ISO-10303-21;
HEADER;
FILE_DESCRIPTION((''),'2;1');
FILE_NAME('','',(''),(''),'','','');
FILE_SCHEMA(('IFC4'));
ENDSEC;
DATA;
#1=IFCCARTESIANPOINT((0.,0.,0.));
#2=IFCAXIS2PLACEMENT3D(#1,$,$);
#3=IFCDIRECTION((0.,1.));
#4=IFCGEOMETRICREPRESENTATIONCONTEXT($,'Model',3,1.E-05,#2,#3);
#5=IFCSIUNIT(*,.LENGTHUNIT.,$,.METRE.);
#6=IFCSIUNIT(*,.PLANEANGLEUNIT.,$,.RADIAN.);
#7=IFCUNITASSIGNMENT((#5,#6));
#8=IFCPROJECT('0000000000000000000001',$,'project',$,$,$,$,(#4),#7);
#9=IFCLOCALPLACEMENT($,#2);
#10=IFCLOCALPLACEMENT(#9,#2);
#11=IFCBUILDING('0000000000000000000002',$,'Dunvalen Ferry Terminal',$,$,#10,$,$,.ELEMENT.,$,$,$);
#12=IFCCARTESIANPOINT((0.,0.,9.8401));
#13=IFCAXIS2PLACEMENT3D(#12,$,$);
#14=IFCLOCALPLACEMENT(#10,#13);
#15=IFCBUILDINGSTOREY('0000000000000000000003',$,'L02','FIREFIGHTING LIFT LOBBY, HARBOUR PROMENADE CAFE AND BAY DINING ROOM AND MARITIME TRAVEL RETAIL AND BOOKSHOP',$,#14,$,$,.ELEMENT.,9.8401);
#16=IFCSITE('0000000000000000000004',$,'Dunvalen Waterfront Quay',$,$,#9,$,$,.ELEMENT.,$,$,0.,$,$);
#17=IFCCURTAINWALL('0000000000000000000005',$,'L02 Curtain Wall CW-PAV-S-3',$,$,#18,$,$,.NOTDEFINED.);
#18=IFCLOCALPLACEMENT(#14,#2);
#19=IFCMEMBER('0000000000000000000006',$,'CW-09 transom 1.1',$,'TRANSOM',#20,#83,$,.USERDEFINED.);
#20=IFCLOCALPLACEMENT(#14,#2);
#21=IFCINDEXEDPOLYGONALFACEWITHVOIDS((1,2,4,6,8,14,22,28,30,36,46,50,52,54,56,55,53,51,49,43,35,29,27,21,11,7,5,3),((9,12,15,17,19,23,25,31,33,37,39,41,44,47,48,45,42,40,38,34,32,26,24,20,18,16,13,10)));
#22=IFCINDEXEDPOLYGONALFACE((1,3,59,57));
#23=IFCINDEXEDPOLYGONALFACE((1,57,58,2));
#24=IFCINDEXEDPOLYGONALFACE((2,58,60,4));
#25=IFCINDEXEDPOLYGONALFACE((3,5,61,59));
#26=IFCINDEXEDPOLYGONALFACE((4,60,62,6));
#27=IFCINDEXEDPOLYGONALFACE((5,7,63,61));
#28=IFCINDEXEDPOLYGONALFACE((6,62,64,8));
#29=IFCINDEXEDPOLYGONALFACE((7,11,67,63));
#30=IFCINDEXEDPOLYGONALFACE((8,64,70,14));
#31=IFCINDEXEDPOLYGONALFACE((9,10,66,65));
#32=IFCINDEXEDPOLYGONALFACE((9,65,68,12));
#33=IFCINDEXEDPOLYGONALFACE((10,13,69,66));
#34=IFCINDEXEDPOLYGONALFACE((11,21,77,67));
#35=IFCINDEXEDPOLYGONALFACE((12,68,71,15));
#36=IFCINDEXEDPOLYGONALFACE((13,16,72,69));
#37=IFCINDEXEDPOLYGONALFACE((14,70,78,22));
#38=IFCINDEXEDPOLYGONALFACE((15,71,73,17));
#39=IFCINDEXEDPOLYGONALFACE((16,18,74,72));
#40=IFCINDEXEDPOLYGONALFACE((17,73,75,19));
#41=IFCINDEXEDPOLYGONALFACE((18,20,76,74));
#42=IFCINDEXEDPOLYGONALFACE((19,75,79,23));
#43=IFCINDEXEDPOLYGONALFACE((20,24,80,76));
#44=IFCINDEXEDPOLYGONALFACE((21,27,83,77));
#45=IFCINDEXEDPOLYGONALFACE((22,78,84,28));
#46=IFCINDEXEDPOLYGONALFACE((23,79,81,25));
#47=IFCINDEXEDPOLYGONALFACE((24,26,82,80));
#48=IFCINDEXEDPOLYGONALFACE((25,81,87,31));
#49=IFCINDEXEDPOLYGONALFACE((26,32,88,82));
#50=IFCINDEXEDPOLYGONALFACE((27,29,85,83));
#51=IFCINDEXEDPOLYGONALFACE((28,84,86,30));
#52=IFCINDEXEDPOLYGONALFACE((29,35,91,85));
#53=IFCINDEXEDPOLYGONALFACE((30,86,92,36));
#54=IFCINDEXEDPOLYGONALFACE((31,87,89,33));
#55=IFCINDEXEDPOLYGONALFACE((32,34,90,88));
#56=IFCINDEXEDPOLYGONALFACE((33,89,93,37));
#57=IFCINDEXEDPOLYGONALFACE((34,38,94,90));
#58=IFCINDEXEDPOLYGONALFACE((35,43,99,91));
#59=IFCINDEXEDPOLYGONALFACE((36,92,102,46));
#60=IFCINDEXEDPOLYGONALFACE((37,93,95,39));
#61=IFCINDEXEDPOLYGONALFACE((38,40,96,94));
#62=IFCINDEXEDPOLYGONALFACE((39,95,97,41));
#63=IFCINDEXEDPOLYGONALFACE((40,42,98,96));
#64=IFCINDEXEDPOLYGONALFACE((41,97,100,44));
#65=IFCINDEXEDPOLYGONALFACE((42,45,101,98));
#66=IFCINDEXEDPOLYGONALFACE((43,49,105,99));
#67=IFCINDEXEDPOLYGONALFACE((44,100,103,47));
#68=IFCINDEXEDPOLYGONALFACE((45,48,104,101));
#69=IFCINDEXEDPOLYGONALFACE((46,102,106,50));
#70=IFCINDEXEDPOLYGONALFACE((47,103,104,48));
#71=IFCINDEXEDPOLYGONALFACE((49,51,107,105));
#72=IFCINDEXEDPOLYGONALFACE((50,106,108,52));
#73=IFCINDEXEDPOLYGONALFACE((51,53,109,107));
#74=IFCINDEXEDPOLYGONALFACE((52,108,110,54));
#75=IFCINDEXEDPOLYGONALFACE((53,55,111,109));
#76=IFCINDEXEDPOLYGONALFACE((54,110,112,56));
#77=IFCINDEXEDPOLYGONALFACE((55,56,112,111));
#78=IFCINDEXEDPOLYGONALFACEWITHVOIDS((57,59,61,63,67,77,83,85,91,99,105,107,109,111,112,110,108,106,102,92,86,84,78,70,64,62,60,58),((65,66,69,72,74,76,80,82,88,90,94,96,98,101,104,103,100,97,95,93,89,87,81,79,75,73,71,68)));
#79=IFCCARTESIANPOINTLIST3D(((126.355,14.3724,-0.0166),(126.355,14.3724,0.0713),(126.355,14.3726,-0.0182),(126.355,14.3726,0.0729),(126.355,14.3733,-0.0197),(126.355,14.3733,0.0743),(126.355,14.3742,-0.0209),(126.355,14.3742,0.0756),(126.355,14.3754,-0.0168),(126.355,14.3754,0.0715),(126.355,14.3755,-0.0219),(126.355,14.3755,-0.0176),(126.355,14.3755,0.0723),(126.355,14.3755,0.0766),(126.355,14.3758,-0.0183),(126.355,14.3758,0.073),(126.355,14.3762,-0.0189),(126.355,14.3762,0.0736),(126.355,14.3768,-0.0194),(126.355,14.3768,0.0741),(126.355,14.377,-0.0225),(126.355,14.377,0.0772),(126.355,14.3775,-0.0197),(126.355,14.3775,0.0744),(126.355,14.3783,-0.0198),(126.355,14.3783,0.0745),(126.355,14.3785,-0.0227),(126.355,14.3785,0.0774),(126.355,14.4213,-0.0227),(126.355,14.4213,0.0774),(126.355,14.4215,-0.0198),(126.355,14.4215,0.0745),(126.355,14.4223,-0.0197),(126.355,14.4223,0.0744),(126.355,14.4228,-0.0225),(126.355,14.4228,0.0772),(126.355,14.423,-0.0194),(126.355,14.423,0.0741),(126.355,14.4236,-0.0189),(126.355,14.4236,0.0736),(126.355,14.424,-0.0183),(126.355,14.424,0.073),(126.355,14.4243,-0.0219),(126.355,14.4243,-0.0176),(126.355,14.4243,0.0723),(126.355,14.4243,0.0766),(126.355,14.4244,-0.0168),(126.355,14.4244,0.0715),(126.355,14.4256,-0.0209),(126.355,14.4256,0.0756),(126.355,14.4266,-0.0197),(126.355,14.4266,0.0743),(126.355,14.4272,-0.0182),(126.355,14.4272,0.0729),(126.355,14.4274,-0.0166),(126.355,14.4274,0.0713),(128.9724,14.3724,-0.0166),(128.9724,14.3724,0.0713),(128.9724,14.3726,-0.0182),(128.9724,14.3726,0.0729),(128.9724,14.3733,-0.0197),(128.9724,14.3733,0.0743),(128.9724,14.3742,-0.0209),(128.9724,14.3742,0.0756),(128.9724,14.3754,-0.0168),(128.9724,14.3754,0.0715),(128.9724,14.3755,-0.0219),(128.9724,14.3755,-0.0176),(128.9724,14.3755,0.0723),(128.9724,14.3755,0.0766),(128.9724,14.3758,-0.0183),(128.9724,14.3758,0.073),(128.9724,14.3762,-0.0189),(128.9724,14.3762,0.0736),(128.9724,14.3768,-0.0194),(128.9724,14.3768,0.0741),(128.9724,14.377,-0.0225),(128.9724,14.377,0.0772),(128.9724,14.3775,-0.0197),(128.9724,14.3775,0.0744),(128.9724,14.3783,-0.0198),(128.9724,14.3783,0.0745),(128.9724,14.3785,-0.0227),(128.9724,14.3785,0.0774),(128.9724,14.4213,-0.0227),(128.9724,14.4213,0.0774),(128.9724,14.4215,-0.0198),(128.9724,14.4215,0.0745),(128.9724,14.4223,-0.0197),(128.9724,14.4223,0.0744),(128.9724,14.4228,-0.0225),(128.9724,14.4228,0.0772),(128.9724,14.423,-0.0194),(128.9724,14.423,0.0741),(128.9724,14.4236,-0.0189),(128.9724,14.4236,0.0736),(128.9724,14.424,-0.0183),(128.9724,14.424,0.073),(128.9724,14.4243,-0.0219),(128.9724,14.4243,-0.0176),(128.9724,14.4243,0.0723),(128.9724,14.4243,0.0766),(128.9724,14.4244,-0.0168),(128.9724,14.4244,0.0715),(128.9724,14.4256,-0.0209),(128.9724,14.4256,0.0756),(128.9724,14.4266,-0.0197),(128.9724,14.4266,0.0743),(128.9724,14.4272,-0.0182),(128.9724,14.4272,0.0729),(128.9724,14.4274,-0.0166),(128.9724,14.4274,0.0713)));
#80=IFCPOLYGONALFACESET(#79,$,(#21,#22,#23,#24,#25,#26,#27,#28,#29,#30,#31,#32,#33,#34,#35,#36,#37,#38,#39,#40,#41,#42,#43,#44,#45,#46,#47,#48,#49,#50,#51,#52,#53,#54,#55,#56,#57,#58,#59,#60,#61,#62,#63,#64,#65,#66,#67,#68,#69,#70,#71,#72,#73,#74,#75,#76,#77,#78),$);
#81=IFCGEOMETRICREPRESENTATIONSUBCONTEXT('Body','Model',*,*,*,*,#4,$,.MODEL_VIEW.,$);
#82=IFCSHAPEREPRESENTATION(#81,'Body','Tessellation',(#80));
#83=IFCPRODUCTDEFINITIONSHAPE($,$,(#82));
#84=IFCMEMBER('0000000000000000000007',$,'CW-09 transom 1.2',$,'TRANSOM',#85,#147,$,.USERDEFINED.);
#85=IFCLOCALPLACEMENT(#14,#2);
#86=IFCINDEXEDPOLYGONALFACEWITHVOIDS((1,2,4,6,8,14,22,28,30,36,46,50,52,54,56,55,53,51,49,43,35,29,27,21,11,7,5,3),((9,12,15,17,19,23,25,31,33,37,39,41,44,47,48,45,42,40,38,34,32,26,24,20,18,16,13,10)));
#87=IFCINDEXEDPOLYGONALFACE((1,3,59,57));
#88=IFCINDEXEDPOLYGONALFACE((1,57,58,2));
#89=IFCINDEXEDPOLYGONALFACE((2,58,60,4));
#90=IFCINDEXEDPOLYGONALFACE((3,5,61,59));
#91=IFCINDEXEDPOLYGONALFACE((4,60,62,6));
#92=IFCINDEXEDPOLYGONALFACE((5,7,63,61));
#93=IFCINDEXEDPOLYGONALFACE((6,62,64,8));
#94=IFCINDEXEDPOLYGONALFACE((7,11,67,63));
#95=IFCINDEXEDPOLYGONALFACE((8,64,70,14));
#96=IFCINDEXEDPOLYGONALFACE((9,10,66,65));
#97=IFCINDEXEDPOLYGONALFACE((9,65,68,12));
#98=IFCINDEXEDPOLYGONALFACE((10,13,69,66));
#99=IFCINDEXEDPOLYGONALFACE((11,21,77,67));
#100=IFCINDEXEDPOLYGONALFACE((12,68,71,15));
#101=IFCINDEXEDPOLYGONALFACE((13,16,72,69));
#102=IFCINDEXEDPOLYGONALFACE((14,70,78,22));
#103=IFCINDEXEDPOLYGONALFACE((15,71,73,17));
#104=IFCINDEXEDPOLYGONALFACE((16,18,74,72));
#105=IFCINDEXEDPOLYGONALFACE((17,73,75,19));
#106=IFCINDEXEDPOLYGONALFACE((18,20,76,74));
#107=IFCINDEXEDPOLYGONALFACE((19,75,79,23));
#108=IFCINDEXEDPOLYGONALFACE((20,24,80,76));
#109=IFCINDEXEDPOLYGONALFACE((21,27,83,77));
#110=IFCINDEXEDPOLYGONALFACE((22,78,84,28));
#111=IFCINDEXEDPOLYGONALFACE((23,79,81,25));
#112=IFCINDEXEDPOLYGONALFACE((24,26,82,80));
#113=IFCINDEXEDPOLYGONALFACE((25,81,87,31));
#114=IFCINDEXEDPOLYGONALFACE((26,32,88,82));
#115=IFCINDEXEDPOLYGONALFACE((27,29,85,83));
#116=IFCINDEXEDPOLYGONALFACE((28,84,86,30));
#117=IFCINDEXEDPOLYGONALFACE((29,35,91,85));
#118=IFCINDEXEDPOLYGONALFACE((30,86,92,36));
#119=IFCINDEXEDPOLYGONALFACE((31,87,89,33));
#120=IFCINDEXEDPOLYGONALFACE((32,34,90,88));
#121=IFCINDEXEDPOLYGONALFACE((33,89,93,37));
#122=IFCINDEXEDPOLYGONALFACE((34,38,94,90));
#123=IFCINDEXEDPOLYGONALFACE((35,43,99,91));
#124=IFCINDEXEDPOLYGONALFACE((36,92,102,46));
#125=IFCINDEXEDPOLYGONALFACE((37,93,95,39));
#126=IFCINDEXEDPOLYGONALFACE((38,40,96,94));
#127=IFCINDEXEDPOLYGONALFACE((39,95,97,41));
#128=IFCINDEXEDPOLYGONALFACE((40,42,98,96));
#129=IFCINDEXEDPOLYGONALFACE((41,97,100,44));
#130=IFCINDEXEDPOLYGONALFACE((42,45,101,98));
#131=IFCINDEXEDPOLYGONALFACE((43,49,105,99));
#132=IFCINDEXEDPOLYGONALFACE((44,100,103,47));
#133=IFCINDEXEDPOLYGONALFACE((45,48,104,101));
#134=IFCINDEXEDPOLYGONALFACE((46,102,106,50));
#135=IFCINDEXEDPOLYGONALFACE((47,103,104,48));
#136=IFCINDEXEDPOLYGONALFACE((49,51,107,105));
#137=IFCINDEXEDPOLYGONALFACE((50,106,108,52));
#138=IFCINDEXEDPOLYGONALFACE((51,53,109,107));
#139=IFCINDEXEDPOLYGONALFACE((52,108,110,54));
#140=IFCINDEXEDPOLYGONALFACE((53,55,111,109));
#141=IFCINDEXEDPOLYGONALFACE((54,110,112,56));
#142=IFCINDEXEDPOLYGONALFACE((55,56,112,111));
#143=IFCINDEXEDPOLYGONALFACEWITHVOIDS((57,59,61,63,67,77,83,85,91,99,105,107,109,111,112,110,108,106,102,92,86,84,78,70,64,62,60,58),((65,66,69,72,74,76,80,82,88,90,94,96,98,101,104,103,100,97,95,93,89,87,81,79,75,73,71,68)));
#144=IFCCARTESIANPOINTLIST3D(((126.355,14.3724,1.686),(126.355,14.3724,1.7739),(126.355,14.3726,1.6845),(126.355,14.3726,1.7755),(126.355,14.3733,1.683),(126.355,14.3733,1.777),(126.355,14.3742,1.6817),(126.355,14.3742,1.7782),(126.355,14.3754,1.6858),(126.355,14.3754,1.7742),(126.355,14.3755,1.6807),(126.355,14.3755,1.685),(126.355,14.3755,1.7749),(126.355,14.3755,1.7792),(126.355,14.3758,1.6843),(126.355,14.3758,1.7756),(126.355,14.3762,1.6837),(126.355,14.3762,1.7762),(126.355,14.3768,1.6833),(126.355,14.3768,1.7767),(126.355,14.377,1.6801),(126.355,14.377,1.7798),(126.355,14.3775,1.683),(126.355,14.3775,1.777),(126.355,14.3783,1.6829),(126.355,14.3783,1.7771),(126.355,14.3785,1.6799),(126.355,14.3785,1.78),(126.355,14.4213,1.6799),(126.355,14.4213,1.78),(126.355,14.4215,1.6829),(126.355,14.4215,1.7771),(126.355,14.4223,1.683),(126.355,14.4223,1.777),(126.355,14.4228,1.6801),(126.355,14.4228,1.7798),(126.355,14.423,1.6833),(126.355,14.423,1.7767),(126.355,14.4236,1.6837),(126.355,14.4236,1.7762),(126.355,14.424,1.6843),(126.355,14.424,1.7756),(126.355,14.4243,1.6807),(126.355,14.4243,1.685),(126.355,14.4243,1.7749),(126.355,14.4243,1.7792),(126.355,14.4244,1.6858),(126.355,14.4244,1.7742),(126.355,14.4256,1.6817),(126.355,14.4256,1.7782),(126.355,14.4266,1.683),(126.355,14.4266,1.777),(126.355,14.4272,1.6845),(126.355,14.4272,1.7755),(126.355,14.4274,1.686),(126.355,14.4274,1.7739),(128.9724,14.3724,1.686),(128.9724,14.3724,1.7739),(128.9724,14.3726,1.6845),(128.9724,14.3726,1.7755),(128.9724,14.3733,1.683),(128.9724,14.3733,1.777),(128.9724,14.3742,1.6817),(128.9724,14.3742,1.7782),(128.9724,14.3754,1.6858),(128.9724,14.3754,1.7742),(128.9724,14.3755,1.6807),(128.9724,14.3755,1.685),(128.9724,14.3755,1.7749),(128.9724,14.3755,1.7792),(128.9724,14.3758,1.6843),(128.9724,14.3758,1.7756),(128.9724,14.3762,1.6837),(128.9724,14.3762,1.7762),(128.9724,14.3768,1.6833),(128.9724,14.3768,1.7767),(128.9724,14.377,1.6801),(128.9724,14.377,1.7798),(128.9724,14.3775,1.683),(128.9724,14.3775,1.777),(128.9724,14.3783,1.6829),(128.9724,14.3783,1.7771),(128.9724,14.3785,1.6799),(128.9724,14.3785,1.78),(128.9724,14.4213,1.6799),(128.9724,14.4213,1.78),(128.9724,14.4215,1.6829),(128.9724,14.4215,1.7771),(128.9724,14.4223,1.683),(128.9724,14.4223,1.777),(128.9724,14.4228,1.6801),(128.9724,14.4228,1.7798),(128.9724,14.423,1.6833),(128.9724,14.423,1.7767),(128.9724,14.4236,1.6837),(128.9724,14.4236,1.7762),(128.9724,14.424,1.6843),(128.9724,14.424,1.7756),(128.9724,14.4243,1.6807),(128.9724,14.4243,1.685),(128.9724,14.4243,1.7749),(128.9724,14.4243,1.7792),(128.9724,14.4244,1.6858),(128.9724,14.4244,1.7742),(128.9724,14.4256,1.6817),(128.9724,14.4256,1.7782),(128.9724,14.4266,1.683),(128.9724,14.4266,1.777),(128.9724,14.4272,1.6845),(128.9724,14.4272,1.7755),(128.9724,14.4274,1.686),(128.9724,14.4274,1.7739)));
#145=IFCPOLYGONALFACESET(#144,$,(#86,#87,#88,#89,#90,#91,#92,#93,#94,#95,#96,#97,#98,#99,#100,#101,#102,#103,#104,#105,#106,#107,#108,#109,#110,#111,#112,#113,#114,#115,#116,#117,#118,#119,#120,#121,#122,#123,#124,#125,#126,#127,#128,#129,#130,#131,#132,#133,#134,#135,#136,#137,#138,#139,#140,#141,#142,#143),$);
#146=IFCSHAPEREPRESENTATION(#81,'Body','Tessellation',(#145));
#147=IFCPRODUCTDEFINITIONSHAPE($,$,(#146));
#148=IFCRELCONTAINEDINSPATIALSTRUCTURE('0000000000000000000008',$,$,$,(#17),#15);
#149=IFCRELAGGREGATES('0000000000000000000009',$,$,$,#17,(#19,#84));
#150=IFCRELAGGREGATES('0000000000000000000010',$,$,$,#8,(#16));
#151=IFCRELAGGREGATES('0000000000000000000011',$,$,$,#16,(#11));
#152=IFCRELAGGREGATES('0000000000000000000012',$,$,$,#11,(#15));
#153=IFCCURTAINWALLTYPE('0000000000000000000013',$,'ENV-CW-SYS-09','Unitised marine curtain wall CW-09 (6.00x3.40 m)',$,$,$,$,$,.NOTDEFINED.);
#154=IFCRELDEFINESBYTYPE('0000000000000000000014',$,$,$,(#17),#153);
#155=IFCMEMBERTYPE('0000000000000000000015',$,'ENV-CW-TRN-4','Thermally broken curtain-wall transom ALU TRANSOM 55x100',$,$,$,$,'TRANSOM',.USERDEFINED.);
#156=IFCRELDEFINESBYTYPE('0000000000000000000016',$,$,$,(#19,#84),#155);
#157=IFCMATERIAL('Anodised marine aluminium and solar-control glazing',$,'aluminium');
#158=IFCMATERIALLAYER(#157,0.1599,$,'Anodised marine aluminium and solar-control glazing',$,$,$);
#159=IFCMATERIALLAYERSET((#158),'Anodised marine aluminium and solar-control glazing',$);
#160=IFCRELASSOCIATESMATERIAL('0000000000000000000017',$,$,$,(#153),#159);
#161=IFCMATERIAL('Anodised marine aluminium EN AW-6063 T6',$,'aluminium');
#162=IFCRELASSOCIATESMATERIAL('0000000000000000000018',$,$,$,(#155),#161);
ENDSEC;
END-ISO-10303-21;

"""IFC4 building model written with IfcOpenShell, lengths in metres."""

from ifc_helpers import new_model, si_unit, direction, frame, origin, origin_2d, place, context, subcontext, project, spatial, hollow_rectangle, extrude, material, layer, layer_set, material_profile, profile_set, type_object, element, aggregate, save


model = new_model("IFC4")

# Units and contexts
model_context = context("Model", 3, precision=1e-05, world=origin(), true_north=direction((0.0, 1.0)))
body_context = subcontext(model_context, "Body", "Model", "MODEL_VIEW")
ifc_project = project(units=[si_unit("LENGTHUNIT", "METRE"), si_unit("PLANEANGLEUNIT", "RADIAN")], contexts=[model_context])

# Site, building, storey
site_placement = place(None, origin())
site = spatial("IfcSite", under=ifc_project, at=site_placement, Name="Dunvalen Waterfront Quay", CompositionType="ELEMENT", RefElevation=0.0)
building_placement = place(site_placement, origin())
building = spatial("IfcBuilding", under=site, at=building_placement, Name="Dunvalen Ferry Terminal", CompositionType="ELEMENT")
storey_placement = place(building_placement, frame((0.0, 0.0, 9.8401)))
storey = spatial("IfcBuildingStorey", under=building, at=storey_placement, Name="L02", Description="FIREFIGHTING LIFT LOBBY, HARBOUR PROMENADE CAFE AND BAY DINING ROOM AND MARITIME TRAVEL RETAIL AND BOOKSHOP", CompositionType="ELEMENT", Elevation=9.8401)

# Curtain wall, members
ifc_material_1 = material(Name="Anodised marine aluminium and solar-control glazing", Category="aluminium")
ifc_layer_1 = layer(ifc_material_1, 0.1599, Name="Anodised marine aluminium and solar-control glazing")
ifc_layer_set_1 = layer_set([ifc_layer_1], Name="Anodised marine aluminium and solar-control glazing")
curtain_wall_type = type_object("IfcCurtainWallType", Name="ENV-CW-SYS-09", Description="Unitised marine curtain wall CW-09 (6.00x3.40 m)", PredefinedType="NOTDEFINED", material=ifc_layer_set_1)
curtain_wall_placement = place(storey_placement, origin())
curtain_wall = element("IfcCurtainWall", 1, at=curtain_wall_placement, inside=storey, type_object=curtain_wall_type, Name="L02 Curtain Wall CW-PAV-S-3", PredefinedType="NOTDEFINED")
ifc_material_2 = material(Name="Anodised marine aluminium EN AW-6063 T6", Category="aluminium")
ifc_material_profile_1 = material_profile(ifc_material_2, hollow_rectangle(XDim=0.0549, YDim=0.1001, WallThickness=0.0029, InnerFilletRadius=0.0029, OuterFilletRadius=0.0061, at=origin_2d()), Name="Anodised marine aluminium EN AW-6063 T6")
ifc_profile_set_1 = profile_set([ifc_material_profile_1], Name="Anodised marine aluminium EN AW-6063 T6")
member_type_1 = type_object("IfcMemberType", Name="ENV-CW-TRN-4", Description="Thermally broken curtain-wall transom ALU TRANSOM 55x100", ElementType="TRANSOM", PredefinedType="USERDEFINED", material=ifc_profile_set_1)
member_1_placement = place(storey_placement, frame((126.355, 14.3999, 0.0273), z_axis=(1.0, 0.0, 0.0), x_axis=(0.0, 1.0, 0.0)))
member_1 = element("IfcMember", 2, at=member_1_placement, type_object=member_type_1, Name="CW-09 transom 1.1", ObjectType="TRANSOM", PredefinedType="USERDEFINED", context=body_context, shape_type="SweptSolid", body=[
    extrude(hollow_rectangle(XDim=0.0549, YDim=0.1001, WallThickness=0.0029, InnerFilletRadius=0.0029, OuterFilletRadius=0.0061, at=origin_2d()), origin(), (0.0, 0.0, 1.0), 2.6174),
])
member_2_placement = place(storey_placement, frame((126.355, 14.3999, 1.73), z_axis=(1.0, 0.0, 0.0), x_axis=(0.0, 1.0, 0.0)))
member_2 = element("IfcMember", 3, at=member_2_placement, type_object=member_type_1, Name="CW-09 transom 1.2", ObjectType="TRANSOM", PredefinedType="USERDEFINED", context=body_context, shape_type="SweptSolid", body=[
    extrude(hollow_rectangle(XDim=0.0549, YDim=0.1001, WallThickness=0.0029, InnerFilletRadius=0.0029, OuterFilletRadius=0.0061, at=origin_2d()), origin(), (0.0, 0.0, 1.0), 2.6174),
])

aggregate(curtain_wall, [member_1, member_2])

save(model, "model.ifc")
